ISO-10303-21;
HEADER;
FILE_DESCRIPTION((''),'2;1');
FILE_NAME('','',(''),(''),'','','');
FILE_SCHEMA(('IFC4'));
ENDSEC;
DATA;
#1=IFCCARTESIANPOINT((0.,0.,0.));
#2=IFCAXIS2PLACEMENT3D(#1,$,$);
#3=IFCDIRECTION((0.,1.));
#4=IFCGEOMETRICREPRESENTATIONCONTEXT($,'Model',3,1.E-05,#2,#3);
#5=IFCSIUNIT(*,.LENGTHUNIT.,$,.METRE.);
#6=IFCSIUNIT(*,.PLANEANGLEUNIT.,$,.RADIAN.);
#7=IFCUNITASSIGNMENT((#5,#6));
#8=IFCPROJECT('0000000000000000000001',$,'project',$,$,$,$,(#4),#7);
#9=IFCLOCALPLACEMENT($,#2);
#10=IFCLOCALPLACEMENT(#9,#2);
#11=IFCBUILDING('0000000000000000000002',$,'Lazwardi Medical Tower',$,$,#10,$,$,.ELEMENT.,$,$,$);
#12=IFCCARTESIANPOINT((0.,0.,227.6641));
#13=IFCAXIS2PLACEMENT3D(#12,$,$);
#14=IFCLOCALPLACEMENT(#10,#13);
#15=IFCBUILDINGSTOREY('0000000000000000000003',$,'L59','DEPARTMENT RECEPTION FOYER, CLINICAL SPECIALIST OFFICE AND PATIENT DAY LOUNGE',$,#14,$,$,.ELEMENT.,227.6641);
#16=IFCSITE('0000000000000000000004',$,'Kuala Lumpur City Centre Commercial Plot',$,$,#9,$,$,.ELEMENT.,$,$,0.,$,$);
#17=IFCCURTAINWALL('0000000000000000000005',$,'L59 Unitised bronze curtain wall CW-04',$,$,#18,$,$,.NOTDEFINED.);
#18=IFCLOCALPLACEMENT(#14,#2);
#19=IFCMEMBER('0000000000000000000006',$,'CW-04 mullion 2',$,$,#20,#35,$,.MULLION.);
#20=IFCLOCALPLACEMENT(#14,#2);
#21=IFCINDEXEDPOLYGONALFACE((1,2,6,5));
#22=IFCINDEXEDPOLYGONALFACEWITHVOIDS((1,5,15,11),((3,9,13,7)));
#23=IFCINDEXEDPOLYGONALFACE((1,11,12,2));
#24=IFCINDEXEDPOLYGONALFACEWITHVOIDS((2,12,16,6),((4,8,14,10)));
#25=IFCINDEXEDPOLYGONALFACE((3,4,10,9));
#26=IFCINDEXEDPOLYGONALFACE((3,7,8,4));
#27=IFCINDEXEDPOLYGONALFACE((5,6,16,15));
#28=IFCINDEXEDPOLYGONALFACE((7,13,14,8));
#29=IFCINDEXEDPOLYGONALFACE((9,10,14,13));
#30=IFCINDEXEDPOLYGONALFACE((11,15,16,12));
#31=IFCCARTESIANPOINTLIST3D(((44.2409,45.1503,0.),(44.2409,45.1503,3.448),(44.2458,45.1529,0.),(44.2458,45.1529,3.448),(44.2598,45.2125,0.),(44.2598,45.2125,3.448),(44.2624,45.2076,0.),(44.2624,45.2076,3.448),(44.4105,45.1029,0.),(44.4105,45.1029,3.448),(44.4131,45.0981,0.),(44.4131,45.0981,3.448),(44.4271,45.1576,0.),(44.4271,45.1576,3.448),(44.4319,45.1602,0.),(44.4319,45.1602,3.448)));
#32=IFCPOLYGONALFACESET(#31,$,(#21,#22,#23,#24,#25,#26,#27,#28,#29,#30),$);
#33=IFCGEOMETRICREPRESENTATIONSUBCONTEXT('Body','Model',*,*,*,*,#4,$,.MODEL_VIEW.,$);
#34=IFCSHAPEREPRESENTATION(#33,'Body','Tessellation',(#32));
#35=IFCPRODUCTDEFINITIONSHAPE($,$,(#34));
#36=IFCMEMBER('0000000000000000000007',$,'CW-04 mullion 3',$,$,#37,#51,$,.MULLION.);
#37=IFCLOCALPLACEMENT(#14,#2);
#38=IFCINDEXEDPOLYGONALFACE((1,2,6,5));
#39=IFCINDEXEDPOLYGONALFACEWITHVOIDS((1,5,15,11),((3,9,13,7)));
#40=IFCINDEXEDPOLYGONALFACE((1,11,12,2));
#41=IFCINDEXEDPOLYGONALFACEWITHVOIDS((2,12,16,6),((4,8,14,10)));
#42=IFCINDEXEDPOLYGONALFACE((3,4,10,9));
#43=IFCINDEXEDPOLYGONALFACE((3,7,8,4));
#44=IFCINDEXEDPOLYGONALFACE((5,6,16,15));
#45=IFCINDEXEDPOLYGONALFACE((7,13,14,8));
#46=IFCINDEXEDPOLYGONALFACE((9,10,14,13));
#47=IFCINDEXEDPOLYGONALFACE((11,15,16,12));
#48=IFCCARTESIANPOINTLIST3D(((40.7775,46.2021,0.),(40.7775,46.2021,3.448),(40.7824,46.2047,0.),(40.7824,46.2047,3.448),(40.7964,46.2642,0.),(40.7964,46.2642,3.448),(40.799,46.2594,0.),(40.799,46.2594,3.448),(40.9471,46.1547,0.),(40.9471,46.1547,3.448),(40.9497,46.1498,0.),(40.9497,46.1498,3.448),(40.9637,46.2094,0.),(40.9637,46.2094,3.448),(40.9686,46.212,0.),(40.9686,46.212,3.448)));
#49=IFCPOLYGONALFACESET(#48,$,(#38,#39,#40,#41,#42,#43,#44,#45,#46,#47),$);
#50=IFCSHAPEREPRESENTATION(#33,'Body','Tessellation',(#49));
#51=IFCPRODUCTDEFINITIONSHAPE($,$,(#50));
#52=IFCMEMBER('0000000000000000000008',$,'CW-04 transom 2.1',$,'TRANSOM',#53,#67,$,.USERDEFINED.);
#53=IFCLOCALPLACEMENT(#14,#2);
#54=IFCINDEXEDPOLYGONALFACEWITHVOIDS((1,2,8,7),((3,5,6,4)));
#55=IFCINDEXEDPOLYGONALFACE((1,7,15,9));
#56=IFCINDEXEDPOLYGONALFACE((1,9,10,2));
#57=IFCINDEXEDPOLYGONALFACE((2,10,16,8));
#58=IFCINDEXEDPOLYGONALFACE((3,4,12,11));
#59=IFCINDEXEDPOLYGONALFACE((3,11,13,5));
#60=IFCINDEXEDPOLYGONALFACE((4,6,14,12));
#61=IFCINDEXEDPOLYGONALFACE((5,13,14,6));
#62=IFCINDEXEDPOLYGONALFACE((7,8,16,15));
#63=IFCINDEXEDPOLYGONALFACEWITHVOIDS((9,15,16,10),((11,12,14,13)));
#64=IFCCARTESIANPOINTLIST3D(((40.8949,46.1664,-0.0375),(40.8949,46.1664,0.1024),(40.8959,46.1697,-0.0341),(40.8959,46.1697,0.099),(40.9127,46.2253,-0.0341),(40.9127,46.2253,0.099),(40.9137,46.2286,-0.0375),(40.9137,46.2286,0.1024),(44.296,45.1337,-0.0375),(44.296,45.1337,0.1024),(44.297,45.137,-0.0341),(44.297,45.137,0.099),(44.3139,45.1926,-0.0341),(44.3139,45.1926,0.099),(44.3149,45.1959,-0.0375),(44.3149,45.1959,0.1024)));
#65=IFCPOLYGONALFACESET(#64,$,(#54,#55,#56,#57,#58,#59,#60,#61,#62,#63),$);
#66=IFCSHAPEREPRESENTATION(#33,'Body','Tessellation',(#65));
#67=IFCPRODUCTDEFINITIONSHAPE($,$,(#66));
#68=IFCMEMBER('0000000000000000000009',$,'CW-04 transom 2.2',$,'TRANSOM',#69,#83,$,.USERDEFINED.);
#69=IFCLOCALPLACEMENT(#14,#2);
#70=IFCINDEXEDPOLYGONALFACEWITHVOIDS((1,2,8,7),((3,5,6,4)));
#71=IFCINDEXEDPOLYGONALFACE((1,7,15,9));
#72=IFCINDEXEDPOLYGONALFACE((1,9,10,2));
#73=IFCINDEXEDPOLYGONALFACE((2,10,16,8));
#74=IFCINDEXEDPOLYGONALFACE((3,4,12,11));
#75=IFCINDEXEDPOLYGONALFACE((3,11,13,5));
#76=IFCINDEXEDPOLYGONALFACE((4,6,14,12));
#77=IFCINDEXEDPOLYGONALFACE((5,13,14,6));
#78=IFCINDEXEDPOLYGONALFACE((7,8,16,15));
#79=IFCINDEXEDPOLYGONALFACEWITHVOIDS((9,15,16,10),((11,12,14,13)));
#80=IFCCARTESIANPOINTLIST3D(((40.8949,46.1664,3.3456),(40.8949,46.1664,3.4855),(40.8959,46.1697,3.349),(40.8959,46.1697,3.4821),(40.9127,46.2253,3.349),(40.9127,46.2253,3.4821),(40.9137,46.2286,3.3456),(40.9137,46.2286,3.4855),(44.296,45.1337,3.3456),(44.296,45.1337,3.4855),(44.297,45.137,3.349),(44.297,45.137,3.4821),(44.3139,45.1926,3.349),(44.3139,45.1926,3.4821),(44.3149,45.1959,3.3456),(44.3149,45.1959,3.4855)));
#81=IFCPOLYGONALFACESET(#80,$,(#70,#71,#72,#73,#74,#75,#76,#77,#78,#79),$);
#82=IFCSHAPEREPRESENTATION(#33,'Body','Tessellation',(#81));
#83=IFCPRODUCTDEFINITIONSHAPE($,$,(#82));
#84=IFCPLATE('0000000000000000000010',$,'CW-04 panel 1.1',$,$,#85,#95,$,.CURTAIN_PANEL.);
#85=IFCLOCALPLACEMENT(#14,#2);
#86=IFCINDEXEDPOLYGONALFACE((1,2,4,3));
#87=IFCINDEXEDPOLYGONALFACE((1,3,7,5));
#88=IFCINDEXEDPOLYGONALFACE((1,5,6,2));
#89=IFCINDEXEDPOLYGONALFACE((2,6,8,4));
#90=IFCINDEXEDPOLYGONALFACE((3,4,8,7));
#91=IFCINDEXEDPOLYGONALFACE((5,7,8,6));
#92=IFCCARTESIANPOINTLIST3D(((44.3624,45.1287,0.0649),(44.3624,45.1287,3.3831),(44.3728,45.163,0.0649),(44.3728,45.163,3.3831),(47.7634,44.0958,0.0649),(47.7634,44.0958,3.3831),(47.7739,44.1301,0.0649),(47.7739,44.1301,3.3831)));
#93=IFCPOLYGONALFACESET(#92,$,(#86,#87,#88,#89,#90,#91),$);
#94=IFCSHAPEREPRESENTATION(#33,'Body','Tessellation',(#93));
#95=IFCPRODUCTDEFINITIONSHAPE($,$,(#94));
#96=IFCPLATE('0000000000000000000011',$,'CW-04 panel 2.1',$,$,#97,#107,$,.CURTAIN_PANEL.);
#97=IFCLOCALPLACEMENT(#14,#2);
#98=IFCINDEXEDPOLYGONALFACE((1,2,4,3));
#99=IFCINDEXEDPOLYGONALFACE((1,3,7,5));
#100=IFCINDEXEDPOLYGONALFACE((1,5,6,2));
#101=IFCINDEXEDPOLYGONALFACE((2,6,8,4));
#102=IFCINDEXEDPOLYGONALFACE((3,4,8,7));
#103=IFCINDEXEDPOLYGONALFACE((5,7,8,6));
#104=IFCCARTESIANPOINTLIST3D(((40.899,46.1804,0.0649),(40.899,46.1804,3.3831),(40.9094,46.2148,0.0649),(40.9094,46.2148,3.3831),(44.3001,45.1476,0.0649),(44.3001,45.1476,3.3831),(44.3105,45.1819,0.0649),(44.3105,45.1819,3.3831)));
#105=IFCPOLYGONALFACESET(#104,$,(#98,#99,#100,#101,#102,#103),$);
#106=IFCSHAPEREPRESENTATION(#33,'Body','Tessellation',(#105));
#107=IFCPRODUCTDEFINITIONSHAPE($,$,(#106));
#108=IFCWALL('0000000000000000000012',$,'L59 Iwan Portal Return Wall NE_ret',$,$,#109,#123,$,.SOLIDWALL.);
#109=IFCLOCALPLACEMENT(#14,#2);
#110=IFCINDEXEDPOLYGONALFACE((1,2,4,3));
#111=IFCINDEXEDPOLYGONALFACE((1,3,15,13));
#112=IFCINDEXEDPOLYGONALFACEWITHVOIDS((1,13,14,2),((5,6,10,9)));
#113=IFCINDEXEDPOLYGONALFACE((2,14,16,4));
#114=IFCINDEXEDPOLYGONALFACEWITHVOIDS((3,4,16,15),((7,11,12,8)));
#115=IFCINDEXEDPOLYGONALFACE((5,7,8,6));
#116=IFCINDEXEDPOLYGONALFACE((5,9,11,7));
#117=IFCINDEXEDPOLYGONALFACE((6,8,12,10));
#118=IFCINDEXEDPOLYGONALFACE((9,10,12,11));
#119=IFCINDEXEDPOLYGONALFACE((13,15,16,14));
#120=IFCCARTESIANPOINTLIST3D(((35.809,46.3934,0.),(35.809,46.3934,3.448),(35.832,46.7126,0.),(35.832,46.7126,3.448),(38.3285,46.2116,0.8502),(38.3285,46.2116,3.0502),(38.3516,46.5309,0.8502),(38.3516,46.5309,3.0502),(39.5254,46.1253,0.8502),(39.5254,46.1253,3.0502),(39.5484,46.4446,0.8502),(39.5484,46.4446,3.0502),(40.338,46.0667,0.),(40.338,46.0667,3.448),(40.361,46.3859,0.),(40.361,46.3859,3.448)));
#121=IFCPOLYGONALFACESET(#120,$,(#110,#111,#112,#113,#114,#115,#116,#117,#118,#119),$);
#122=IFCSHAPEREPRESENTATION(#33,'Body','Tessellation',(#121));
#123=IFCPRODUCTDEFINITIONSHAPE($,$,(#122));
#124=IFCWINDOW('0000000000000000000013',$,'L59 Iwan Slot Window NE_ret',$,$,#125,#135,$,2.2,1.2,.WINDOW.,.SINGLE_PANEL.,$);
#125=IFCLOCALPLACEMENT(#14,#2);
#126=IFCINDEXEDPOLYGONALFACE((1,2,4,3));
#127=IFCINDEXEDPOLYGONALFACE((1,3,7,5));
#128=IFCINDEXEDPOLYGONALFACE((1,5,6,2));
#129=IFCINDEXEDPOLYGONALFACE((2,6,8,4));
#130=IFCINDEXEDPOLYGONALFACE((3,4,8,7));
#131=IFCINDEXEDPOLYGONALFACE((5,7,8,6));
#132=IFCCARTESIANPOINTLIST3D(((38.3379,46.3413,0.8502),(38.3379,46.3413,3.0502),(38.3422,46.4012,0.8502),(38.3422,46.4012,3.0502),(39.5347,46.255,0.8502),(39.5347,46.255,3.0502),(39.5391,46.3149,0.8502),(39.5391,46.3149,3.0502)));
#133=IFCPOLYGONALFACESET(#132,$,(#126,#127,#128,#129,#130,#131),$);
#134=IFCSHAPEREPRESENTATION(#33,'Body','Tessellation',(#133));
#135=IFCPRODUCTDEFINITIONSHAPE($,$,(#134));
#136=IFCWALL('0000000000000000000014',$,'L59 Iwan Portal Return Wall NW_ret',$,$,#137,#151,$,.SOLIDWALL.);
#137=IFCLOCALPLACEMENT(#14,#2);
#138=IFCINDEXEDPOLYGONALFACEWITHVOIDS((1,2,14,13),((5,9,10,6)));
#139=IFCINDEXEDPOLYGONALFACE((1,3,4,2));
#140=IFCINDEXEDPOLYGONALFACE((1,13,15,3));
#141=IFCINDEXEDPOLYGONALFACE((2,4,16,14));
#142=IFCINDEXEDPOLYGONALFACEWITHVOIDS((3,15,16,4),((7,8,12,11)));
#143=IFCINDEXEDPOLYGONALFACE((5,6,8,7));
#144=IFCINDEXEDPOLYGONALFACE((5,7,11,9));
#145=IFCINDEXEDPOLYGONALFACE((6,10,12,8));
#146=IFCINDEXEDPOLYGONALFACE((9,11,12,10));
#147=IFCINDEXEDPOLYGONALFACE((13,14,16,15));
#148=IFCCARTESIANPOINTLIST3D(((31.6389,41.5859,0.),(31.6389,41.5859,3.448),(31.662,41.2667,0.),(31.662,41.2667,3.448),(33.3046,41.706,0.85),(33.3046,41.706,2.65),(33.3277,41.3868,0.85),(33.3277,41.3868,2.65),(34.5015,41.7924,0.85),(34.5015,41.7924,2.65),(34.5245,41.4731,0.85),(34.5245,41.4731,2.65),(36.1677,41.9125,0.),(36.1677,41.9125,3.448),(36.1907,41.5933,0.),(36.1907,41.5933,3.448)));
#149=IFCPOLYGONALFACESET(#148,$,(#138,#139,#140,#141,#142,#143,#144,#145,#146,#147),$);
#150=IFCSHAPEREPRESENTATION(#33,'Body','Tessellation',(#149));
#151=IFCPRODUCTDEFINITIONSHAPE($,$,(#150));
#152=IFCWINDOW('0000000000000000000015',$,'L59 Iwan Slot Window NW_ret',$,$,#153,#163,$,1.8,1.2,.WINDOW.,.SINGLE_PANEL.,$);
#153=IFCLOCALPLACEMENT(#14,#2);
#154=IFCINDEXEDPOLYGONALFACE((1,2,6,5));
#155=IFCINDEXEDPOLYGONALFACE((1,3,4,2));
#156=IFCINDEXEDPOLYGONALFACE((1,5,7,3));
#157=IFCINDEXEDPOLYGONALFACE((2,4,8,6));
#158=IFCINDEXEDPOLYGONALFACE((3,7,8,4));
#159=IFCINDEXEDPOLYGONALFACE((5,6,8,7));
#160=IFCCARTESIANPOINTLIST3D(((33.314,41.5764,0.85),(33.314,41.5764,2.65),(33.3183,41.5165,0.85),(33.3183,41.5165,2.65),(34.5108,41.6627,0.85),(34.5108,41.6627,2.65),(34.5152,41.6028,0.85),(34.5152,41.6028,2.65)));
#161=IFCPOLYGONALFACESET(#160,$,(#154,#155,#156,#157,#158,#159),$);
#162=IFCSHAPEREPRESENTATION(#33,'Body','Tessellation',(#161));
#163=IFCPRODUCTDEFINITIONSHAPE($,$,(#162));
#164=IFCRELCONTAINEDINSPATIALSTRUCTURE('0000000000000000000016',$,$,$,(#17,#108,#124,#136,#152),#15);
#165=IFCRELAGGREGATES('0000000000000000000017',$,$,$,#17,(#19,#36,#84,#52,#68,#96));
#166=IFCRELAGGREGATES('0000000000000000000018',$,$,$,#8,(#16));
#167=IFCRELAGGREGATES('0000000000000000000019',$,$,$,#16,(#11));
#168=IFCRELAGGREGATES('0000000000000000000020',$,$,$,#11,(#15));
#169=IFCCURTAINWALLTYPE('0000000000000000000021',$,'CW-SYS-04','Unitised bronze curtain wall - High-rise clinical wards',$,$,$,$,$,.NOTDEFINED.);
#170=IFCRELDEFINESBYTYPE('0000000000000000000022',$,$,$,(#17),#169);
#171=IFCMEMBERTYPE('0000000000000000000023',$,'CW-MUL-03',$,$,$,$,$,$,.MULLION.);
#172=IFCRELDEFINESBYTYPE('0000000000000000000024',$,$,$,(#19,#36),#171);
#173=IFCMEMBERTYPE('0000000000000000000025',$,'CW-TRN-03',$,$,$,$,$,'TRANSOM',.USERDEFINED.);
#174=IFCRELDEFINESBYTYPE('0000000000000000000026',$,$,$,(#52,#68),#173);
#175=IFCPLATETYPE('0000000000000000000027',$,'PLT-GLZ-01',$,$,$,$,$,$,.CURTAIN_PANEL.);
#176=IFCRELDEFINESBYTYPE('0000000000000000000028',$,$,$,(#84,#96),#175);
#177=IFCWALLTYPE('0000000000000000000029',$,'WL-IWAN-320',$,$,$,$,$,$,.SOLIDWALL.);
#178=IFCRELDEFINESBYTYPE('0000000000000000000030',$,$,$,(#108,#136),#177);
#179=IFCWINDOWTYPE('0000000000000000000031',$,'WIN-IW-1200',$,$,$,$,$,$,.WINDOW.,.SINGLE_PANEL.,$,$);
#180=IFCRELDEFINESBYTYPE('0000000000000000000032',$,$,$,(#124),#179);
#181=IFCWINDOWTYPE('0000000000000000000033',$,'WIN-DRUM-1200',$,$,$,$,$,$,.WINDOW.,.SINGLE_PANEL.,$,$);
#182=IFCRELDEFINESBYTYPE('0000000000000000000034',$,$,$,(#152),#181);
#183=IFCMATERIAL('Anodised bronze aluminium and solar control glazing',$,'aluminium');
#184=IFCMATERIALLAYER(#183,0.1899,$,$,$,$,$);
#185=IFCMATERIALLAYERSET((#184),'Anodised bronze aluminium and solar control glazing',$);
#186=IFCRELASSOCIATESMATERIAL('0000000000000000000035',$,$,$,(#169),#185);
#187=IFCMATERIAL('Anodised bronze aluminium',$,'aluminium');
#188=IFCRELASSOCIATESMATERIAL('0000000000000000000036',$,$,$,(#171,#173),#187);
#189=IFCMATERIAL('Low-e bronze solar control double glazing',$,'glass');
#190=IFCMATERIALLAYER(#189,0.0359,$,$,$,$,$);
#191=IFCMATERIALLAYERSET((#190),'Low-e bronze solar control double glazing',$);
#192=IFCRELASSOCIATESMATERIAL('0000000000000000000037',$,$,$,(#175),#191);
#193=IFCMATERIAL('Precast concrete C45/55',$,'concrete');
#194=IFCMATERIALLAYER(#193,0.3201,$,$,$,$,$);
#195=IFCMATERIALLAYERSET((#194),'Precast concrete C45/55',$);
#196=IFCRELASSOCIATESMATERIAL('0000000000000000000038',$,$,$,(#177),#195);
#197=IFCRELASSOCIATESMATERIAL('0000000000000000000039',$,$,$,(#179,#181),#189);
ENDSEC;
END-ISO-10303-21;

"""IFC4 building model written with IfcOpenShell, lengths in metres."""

from ifc_helpers import new_model, si_unit, direction, frame, frame_2d, origin, origin_2d, place, context, subcontext, project, spatial, rectangle, hollow_rectangle, extrude, material, layer, layer_set, material_profile, profile_set, type_object, element, fill, aggregate, save


model = new_model("IFC4")

# Units and contexts
model_context = context("Model", 3, precision=1e-05, world=origin(), true_north=direction((0.0, 1.0)))
body_context = subcontext(model_context, "Body", "Model", "MODEL_VIEW")
ifc_project = project(units=[si_unit("LENGTHUNIT", "METRE"), si_unit("PLANEANGLEUNIT", "RADIAN")], contexts=[model_context])

# Site, building, storey
site_placement = place(None, origin())
site = spatial("IfcSite", under=ifc_project, at=site_placement, Name="Kuala Lumpur City Centre Commercial Plot", CompositionType="ELEMENT", RefElevation=0.0)
building_placement = place(site_placement, origin())
building = spatial("IfcBuilding", under=site, at=building_placement, Name="Lazwardi Medical Tower", CompositionType="ELEMENT")
storey_placement = place(building_placement, frame((0.0, 0.0, 227.6641)))
storey = spatial("IfcBuildingStorey", under=building, at=storey_placement, Name="L59", Description="DEPARTMENT RECEPTION FOYER, CLINICAL SPECIALIST OFFICE AND PATIENT DAY LOUNGE", CompositionType="ELEMENT", Elevation=227.6641)

# Curtain wall, members, plates
ifc_material_1 = material(Name="Anodised bronze aluminium and solar control glazing", Category="aluminium")
ifc_layer_1 = layer(ifc_material_1, 0.1899)
ifc_layer_set_1 = layer_set([ifc_layer_1], Name="Anodised bronze aluminium and solar control glazing")
curtain_wall_type = type_object("IfcCurtainWallType", Name="CW-SYS-04", Description="Unitised bronze curtain wall - High-rise clinical wards", PredefinedType="NOTDEFINED", material=ifc_layer_set_1)
curtain_wall_placement = place(storey_placement, origin())
curtain_wall = element("IfcCurtainWall", 1, at=curtain_wall_placement, inside=storey, type_object=curtain_wall_type, Name="L59 Unitised bronze curtain wall CW-04", PredefinedType="NOTDEFINED")
ifc_material_2 = material(Name="Anodised bronze aluminium", Category="aluminium")
ifc_material_profile_1 = material_profile(ifc_material_2, hollow_rectangle(XDim=0.0649, YDim=0.1799, WallThickness=0.0039, at=origin_2d()), Name="ALU-MULLION 180x65x4")
ifc_profile_set_1 = profile_set([ifc_material_profile_1], Name="Anodised bronze aluminium")
member_type_1 = type_object("IfcMemberType", Name="CW-MUL-03", PredefinedType="MULLION", material=ifc_profile_set_1)
member_1_placement = place(storey_placement, frame((44.3364, 45.1553, 0.0), z_axis=(0.0, 0.0, 1.0), x_axis=(-0.290582, -0.95685, 0.0)))
member_1 = element("IfcMember", 2, at=member_1_placement, type_object=member_type_1, Name="CW-04 mullion 2", PredefinedType="MULLION", context=body_context, shape_type="SweptSolid", body=[
    extrude(hollow_rectangle(XDim=0.0649, YDim=0.1799, WallThickness=0.0039, at=origin_2d()), origin(), (0.0, 0.0, 1.0), 3.448),
])
member_2_placement = place(storey_placement, frame((40.873, 46.207, 0.0), z_axis=(0.0, 0.0, 1.0), x_axis=(-0.290582, -0.95685, 0.0)))
member_2 = element("IfcMember", 3, at=member_2_placement, type_object=member_type_1, Name="CW-04 mullion 3", PredefinedType="MULLION", context=body_context, shape_type="SweptSolid", body=[
    extrude(hollow_rectangle(XDim=0.0649, YDim=0.1799, WallThickness=0.0039, at=origin_2d()), origin(), (0.0, 0.0, 1.0), 3.448),
])
ifc_material_profile_2 = material_profile(ifc_material_2, hollow_rectangle(XDim=0.0649, YDim=0.1399, WallThickness=0.0034, at=origin_2d()), Name="ALU-TRANSOM 140x65x3.5")
ifc_profile_set_2 = profile_set([ifc_material_profile_2], Name="Anodised bronze aluminium")
member_type_2 = type_object("IfcMemberType", Name="CW-TRN-03", ElementType="TRANSOM", PredefinedType="USERDEFINED", material=ifc_profile_set_2)
member_3_placement = place(storey_placement, frame((44.3054, 45.1648, 0.0325), z_axis=(-0.956863, 0.290541, 0.0), x_axis=(-0.290541, -0.956863, 0.0)))
member_3 = element("IfcMember", 4, at=member_3_placement, type_object=member_type_2, Name="CW-04 transom 2.1", ObjectType="TRANSOM", PredefinedType="USERDEFINED", context=body_context, shape_type="SweptSolid", body=[
    extrude(hollow_rectangle(XDim=0.0649, YDim=0.1399, WallThickness=0.0034, at=origin_2d()), origin(), (0.0, 0.0, 1.0), 3.5544),
])
member_4_placement = place(storey_placement, frame((44.3054, 45.1648, 3.4155), z_axis=(-0.956863, 0.290541, 0.0), x_axis=(-0.290541, -0.956863, 0.0)))
member_4 = element("IfcMember", 5, at=member_4_placement, type_object=member_type_2, Name="CW-04 transom 2.2", ObjectType="TRANSOM", PredefinedType="USERDEFINED", context=body_context, shape_type="SweptSolid", body=[
    extrude(hollow_rectangle(XDim=0.0649, YDim=0.1399, WallThickness=0.0034, at=origin_2d()), origin(), (0.0, 0.0, 1.0), 3.5544),
])
ifc_material_3 = material(Name="Low-e bronze solar control double glazing", Category="glass")
ifc_layer_2 = layer(ifc_material_3, 0.0359)
ifc_layer_set_2 = layer_set([ifc_layer_2], Name="Low-e bronze solar control double glazing")
plate_type = type_object("IfcPlateType", Name="PLT-GLZ-01", PredefinedType="CURTAIN_PANEL", material=ifc_layer_set_2)
plate_1_placement = place(storey_placement, frame((46.0681, 44.6294, 0.0649), z_axis=(0.0, 0.0, 1.0), x_axis=(-0.95685, 0.290582, 0.0)))
plate_1 = element("IfcPlate", 6, at=plate_1_placement, type_object=plate_type, Name="CW-04 panel 1.1", PredefinedType="CURTAIN_PANEL", context=body_context, shape_type="SweptSolid", body=[
    extrude(rectangle(XDim=3.5544, YDim=0.0359, at=origin_2d()), origin(), (0.0, 0.0, 1.0), 3.3181),
])
plate_2_placement = place(storey_placement, frame((42.6047, 45.6812, 0.0649), z_axis=(0.0, 0.0, 1.0), x_axis=(-0.95685, 0.290582, 0.0)))
plate_2 = element("IfcPlate", 7, at=plate_2_placement, type_object=plate_type, Name="CW-04 panel 2.1", PredefinedType="CURTAIN_PANEL", context=body_context, shape_type="SweptSolid", body=[
    extrude(rectangle(XDim=3.5544, YDim=0.0359, at=origin_2d()), origin(), (0.0, 0.0, 1.0), 3.3181),
])
aggregate(curtain_wall, [member_1, member_2, plate_1, member_3, member_4, plate_2])

# Walls, openings, windows
ifc_material_4 = material(Name="Precast concrete C45/55", Category="concrete")
ifc_layer_3 = layer(ifc_material_4, 0.3201)
ifc_layer_set_3 = layer_set([ifc_layer_3], Name="Precast concrete C45/55")
wall_type = type_object("IfcWallType", Name="WL-IWAN-320", PredefinedType="SOLIDWALL", material=ifc_layer_set_3)
wall_1_placement = place(storey_placement, frame((40.3496, 46.2263, 0.0), z_axis=(0.0, 0.0, 1.0), x_axis=(-0.997409, 0.071939, 0.0)))
wall_1 = element("IfcWall", 8, at=wall_1_placement, inside=storey, type_object=wall_type, Name="L59 Iwan Portal Return Wall NE_ret", PredefinedType="SOLIDWALL", context=body_context, shape_type="SweptSolid", body=[
    extrude(rectangle(XDim=4.5408, YDim=0.3201, at=frame_2d((2.2705, 0.0))), origin(), (0.0, 0.0, 1.0), 3.448),
])
opening_1_placement = place(wall_1_placement, frame((0.8147, 0.0, 0.8501)))
opening_1 = element("IfcOpeningElement", 9, at=opening_1_placement, cuts=wall_1, PredefinedType="OPENING", context=body_context, shape_type="SweptSolid", body=[
    extrude(rectangle(XDim=1.2, YDim=2.2, at=frame_2d((0.6001, 1.1001))), frame((0.0, 0.1699, 0.0), z_axis=(0.0, -1.0, 0.0), x_axis=(1.0, 0.0, 0.0)), (0.0, 0.0, 1.0), 0.3401),
])
window_type_1 = type_object("IfcWindowType", Name="WIN-IW-1200", PartitioningType="SINGLE_PANEL", PredefinedType="WINDOW", material=ifc_material_3)
window_1_placement = place(opening_1_placement, origin())
window_1 = element("IfcWindow", 10, at=window_1_placement, inside=storey, type_object=window_type_1, Name="L59 Iwan Slot Window NE_ret", OverallHeight=2.2, OverallWidth=1.2, PartitioningType="SINGLE_PANEL", PredefinedType="WINDOW", context=body_context, shape_type="SweptSolid", body=[
    extrude(rectangle(XDim=1.2, YDim=2.2, at=frame_2d((0.6001, 1.1001))), frame((0.0, 0.03, 0.0), z_axis=(0.0, -1.0, 0.0), x_axis=(1.0, 0.0, 0.0)), (0.0, 0.0, 1.0), 0.0601),
])
fill(opening_1, window_1)
wall_2_placement = place(storey_placement, frame((36.1792, 41.7529, 0.0), z_axis=(0.0, 0.0, 1.0), x_axis=(-0.997409, -0.071942, 0.0)))
wall_2 = element("IfcWall", 11, at=wall_2_placement, inside=storey, type_object=wall_type, Name="L59 Iwan Portal Return Wall NW_ret", PredefinedType="SOLIDWALL", context=body_context, shape_type="SweptSolid", body=[
    extrude(rectangle(XDim=4.5405, YDim=0.3201, at=frame_2d((2.2703, 0.0))), origin(), (0.0, 0.0, 1.0), 3.448),
])
opening_2_placement = place(wall_2_placement, frame((1.6704, 0.0, 0.8501)))
opening_2 = element("IfcOpeningElement", 12, at=opening_2_placement, cuts=wall_2, PredefinedType="OPENING", context=body_context, shape_type="SweptSolid", body=[
    extrude(rectangle(XDim=1.2, YDim=1.8, at=frame_2d((0.6001, 0.8999))), frame((0.0, 0.1699, 0.0), z_axis=(0.0, -1.0, 0.0), x_axis=(1.0, 0.0, 0.0)), (0.0, 0.0, 1.0), 0.3401),
])
window_type_2 = type_object("IfcWindowType", Name="WIN-DRUM-1200", PartitioningType="SINGLE_PANEL", PredefinedType="WINDOW", material=ifc_material_3)
window_2_placement = place(opening_2_placement, origin())
window_2 = element("IfcWindow", 13, at=window_2_placement, inside=storey, type_object=window_type_2, Name="L59 Iwan Slot Window NW_ret", OverallHeight=1.8, OverallWidth=1.2, PartitioningType="SINGLE_PANEL", PredefinedType="WINDOW", context=body_context, shape_type="SweptSolid", body=[
    extrude(rectangle(XDim=1.2, YDim=1.8, at=frame_2d((0.6001, 0.8999))), frame((0.0, 0.03, 0.0), z_axis=(0.0, -1.0, 0.0), x_axis=(1.0, 0.0, 0.0)), (0.0, 0.0, 1.0), 0.0601),
])
fill(opening_2, window_2)

save(model, "model.ifc")
